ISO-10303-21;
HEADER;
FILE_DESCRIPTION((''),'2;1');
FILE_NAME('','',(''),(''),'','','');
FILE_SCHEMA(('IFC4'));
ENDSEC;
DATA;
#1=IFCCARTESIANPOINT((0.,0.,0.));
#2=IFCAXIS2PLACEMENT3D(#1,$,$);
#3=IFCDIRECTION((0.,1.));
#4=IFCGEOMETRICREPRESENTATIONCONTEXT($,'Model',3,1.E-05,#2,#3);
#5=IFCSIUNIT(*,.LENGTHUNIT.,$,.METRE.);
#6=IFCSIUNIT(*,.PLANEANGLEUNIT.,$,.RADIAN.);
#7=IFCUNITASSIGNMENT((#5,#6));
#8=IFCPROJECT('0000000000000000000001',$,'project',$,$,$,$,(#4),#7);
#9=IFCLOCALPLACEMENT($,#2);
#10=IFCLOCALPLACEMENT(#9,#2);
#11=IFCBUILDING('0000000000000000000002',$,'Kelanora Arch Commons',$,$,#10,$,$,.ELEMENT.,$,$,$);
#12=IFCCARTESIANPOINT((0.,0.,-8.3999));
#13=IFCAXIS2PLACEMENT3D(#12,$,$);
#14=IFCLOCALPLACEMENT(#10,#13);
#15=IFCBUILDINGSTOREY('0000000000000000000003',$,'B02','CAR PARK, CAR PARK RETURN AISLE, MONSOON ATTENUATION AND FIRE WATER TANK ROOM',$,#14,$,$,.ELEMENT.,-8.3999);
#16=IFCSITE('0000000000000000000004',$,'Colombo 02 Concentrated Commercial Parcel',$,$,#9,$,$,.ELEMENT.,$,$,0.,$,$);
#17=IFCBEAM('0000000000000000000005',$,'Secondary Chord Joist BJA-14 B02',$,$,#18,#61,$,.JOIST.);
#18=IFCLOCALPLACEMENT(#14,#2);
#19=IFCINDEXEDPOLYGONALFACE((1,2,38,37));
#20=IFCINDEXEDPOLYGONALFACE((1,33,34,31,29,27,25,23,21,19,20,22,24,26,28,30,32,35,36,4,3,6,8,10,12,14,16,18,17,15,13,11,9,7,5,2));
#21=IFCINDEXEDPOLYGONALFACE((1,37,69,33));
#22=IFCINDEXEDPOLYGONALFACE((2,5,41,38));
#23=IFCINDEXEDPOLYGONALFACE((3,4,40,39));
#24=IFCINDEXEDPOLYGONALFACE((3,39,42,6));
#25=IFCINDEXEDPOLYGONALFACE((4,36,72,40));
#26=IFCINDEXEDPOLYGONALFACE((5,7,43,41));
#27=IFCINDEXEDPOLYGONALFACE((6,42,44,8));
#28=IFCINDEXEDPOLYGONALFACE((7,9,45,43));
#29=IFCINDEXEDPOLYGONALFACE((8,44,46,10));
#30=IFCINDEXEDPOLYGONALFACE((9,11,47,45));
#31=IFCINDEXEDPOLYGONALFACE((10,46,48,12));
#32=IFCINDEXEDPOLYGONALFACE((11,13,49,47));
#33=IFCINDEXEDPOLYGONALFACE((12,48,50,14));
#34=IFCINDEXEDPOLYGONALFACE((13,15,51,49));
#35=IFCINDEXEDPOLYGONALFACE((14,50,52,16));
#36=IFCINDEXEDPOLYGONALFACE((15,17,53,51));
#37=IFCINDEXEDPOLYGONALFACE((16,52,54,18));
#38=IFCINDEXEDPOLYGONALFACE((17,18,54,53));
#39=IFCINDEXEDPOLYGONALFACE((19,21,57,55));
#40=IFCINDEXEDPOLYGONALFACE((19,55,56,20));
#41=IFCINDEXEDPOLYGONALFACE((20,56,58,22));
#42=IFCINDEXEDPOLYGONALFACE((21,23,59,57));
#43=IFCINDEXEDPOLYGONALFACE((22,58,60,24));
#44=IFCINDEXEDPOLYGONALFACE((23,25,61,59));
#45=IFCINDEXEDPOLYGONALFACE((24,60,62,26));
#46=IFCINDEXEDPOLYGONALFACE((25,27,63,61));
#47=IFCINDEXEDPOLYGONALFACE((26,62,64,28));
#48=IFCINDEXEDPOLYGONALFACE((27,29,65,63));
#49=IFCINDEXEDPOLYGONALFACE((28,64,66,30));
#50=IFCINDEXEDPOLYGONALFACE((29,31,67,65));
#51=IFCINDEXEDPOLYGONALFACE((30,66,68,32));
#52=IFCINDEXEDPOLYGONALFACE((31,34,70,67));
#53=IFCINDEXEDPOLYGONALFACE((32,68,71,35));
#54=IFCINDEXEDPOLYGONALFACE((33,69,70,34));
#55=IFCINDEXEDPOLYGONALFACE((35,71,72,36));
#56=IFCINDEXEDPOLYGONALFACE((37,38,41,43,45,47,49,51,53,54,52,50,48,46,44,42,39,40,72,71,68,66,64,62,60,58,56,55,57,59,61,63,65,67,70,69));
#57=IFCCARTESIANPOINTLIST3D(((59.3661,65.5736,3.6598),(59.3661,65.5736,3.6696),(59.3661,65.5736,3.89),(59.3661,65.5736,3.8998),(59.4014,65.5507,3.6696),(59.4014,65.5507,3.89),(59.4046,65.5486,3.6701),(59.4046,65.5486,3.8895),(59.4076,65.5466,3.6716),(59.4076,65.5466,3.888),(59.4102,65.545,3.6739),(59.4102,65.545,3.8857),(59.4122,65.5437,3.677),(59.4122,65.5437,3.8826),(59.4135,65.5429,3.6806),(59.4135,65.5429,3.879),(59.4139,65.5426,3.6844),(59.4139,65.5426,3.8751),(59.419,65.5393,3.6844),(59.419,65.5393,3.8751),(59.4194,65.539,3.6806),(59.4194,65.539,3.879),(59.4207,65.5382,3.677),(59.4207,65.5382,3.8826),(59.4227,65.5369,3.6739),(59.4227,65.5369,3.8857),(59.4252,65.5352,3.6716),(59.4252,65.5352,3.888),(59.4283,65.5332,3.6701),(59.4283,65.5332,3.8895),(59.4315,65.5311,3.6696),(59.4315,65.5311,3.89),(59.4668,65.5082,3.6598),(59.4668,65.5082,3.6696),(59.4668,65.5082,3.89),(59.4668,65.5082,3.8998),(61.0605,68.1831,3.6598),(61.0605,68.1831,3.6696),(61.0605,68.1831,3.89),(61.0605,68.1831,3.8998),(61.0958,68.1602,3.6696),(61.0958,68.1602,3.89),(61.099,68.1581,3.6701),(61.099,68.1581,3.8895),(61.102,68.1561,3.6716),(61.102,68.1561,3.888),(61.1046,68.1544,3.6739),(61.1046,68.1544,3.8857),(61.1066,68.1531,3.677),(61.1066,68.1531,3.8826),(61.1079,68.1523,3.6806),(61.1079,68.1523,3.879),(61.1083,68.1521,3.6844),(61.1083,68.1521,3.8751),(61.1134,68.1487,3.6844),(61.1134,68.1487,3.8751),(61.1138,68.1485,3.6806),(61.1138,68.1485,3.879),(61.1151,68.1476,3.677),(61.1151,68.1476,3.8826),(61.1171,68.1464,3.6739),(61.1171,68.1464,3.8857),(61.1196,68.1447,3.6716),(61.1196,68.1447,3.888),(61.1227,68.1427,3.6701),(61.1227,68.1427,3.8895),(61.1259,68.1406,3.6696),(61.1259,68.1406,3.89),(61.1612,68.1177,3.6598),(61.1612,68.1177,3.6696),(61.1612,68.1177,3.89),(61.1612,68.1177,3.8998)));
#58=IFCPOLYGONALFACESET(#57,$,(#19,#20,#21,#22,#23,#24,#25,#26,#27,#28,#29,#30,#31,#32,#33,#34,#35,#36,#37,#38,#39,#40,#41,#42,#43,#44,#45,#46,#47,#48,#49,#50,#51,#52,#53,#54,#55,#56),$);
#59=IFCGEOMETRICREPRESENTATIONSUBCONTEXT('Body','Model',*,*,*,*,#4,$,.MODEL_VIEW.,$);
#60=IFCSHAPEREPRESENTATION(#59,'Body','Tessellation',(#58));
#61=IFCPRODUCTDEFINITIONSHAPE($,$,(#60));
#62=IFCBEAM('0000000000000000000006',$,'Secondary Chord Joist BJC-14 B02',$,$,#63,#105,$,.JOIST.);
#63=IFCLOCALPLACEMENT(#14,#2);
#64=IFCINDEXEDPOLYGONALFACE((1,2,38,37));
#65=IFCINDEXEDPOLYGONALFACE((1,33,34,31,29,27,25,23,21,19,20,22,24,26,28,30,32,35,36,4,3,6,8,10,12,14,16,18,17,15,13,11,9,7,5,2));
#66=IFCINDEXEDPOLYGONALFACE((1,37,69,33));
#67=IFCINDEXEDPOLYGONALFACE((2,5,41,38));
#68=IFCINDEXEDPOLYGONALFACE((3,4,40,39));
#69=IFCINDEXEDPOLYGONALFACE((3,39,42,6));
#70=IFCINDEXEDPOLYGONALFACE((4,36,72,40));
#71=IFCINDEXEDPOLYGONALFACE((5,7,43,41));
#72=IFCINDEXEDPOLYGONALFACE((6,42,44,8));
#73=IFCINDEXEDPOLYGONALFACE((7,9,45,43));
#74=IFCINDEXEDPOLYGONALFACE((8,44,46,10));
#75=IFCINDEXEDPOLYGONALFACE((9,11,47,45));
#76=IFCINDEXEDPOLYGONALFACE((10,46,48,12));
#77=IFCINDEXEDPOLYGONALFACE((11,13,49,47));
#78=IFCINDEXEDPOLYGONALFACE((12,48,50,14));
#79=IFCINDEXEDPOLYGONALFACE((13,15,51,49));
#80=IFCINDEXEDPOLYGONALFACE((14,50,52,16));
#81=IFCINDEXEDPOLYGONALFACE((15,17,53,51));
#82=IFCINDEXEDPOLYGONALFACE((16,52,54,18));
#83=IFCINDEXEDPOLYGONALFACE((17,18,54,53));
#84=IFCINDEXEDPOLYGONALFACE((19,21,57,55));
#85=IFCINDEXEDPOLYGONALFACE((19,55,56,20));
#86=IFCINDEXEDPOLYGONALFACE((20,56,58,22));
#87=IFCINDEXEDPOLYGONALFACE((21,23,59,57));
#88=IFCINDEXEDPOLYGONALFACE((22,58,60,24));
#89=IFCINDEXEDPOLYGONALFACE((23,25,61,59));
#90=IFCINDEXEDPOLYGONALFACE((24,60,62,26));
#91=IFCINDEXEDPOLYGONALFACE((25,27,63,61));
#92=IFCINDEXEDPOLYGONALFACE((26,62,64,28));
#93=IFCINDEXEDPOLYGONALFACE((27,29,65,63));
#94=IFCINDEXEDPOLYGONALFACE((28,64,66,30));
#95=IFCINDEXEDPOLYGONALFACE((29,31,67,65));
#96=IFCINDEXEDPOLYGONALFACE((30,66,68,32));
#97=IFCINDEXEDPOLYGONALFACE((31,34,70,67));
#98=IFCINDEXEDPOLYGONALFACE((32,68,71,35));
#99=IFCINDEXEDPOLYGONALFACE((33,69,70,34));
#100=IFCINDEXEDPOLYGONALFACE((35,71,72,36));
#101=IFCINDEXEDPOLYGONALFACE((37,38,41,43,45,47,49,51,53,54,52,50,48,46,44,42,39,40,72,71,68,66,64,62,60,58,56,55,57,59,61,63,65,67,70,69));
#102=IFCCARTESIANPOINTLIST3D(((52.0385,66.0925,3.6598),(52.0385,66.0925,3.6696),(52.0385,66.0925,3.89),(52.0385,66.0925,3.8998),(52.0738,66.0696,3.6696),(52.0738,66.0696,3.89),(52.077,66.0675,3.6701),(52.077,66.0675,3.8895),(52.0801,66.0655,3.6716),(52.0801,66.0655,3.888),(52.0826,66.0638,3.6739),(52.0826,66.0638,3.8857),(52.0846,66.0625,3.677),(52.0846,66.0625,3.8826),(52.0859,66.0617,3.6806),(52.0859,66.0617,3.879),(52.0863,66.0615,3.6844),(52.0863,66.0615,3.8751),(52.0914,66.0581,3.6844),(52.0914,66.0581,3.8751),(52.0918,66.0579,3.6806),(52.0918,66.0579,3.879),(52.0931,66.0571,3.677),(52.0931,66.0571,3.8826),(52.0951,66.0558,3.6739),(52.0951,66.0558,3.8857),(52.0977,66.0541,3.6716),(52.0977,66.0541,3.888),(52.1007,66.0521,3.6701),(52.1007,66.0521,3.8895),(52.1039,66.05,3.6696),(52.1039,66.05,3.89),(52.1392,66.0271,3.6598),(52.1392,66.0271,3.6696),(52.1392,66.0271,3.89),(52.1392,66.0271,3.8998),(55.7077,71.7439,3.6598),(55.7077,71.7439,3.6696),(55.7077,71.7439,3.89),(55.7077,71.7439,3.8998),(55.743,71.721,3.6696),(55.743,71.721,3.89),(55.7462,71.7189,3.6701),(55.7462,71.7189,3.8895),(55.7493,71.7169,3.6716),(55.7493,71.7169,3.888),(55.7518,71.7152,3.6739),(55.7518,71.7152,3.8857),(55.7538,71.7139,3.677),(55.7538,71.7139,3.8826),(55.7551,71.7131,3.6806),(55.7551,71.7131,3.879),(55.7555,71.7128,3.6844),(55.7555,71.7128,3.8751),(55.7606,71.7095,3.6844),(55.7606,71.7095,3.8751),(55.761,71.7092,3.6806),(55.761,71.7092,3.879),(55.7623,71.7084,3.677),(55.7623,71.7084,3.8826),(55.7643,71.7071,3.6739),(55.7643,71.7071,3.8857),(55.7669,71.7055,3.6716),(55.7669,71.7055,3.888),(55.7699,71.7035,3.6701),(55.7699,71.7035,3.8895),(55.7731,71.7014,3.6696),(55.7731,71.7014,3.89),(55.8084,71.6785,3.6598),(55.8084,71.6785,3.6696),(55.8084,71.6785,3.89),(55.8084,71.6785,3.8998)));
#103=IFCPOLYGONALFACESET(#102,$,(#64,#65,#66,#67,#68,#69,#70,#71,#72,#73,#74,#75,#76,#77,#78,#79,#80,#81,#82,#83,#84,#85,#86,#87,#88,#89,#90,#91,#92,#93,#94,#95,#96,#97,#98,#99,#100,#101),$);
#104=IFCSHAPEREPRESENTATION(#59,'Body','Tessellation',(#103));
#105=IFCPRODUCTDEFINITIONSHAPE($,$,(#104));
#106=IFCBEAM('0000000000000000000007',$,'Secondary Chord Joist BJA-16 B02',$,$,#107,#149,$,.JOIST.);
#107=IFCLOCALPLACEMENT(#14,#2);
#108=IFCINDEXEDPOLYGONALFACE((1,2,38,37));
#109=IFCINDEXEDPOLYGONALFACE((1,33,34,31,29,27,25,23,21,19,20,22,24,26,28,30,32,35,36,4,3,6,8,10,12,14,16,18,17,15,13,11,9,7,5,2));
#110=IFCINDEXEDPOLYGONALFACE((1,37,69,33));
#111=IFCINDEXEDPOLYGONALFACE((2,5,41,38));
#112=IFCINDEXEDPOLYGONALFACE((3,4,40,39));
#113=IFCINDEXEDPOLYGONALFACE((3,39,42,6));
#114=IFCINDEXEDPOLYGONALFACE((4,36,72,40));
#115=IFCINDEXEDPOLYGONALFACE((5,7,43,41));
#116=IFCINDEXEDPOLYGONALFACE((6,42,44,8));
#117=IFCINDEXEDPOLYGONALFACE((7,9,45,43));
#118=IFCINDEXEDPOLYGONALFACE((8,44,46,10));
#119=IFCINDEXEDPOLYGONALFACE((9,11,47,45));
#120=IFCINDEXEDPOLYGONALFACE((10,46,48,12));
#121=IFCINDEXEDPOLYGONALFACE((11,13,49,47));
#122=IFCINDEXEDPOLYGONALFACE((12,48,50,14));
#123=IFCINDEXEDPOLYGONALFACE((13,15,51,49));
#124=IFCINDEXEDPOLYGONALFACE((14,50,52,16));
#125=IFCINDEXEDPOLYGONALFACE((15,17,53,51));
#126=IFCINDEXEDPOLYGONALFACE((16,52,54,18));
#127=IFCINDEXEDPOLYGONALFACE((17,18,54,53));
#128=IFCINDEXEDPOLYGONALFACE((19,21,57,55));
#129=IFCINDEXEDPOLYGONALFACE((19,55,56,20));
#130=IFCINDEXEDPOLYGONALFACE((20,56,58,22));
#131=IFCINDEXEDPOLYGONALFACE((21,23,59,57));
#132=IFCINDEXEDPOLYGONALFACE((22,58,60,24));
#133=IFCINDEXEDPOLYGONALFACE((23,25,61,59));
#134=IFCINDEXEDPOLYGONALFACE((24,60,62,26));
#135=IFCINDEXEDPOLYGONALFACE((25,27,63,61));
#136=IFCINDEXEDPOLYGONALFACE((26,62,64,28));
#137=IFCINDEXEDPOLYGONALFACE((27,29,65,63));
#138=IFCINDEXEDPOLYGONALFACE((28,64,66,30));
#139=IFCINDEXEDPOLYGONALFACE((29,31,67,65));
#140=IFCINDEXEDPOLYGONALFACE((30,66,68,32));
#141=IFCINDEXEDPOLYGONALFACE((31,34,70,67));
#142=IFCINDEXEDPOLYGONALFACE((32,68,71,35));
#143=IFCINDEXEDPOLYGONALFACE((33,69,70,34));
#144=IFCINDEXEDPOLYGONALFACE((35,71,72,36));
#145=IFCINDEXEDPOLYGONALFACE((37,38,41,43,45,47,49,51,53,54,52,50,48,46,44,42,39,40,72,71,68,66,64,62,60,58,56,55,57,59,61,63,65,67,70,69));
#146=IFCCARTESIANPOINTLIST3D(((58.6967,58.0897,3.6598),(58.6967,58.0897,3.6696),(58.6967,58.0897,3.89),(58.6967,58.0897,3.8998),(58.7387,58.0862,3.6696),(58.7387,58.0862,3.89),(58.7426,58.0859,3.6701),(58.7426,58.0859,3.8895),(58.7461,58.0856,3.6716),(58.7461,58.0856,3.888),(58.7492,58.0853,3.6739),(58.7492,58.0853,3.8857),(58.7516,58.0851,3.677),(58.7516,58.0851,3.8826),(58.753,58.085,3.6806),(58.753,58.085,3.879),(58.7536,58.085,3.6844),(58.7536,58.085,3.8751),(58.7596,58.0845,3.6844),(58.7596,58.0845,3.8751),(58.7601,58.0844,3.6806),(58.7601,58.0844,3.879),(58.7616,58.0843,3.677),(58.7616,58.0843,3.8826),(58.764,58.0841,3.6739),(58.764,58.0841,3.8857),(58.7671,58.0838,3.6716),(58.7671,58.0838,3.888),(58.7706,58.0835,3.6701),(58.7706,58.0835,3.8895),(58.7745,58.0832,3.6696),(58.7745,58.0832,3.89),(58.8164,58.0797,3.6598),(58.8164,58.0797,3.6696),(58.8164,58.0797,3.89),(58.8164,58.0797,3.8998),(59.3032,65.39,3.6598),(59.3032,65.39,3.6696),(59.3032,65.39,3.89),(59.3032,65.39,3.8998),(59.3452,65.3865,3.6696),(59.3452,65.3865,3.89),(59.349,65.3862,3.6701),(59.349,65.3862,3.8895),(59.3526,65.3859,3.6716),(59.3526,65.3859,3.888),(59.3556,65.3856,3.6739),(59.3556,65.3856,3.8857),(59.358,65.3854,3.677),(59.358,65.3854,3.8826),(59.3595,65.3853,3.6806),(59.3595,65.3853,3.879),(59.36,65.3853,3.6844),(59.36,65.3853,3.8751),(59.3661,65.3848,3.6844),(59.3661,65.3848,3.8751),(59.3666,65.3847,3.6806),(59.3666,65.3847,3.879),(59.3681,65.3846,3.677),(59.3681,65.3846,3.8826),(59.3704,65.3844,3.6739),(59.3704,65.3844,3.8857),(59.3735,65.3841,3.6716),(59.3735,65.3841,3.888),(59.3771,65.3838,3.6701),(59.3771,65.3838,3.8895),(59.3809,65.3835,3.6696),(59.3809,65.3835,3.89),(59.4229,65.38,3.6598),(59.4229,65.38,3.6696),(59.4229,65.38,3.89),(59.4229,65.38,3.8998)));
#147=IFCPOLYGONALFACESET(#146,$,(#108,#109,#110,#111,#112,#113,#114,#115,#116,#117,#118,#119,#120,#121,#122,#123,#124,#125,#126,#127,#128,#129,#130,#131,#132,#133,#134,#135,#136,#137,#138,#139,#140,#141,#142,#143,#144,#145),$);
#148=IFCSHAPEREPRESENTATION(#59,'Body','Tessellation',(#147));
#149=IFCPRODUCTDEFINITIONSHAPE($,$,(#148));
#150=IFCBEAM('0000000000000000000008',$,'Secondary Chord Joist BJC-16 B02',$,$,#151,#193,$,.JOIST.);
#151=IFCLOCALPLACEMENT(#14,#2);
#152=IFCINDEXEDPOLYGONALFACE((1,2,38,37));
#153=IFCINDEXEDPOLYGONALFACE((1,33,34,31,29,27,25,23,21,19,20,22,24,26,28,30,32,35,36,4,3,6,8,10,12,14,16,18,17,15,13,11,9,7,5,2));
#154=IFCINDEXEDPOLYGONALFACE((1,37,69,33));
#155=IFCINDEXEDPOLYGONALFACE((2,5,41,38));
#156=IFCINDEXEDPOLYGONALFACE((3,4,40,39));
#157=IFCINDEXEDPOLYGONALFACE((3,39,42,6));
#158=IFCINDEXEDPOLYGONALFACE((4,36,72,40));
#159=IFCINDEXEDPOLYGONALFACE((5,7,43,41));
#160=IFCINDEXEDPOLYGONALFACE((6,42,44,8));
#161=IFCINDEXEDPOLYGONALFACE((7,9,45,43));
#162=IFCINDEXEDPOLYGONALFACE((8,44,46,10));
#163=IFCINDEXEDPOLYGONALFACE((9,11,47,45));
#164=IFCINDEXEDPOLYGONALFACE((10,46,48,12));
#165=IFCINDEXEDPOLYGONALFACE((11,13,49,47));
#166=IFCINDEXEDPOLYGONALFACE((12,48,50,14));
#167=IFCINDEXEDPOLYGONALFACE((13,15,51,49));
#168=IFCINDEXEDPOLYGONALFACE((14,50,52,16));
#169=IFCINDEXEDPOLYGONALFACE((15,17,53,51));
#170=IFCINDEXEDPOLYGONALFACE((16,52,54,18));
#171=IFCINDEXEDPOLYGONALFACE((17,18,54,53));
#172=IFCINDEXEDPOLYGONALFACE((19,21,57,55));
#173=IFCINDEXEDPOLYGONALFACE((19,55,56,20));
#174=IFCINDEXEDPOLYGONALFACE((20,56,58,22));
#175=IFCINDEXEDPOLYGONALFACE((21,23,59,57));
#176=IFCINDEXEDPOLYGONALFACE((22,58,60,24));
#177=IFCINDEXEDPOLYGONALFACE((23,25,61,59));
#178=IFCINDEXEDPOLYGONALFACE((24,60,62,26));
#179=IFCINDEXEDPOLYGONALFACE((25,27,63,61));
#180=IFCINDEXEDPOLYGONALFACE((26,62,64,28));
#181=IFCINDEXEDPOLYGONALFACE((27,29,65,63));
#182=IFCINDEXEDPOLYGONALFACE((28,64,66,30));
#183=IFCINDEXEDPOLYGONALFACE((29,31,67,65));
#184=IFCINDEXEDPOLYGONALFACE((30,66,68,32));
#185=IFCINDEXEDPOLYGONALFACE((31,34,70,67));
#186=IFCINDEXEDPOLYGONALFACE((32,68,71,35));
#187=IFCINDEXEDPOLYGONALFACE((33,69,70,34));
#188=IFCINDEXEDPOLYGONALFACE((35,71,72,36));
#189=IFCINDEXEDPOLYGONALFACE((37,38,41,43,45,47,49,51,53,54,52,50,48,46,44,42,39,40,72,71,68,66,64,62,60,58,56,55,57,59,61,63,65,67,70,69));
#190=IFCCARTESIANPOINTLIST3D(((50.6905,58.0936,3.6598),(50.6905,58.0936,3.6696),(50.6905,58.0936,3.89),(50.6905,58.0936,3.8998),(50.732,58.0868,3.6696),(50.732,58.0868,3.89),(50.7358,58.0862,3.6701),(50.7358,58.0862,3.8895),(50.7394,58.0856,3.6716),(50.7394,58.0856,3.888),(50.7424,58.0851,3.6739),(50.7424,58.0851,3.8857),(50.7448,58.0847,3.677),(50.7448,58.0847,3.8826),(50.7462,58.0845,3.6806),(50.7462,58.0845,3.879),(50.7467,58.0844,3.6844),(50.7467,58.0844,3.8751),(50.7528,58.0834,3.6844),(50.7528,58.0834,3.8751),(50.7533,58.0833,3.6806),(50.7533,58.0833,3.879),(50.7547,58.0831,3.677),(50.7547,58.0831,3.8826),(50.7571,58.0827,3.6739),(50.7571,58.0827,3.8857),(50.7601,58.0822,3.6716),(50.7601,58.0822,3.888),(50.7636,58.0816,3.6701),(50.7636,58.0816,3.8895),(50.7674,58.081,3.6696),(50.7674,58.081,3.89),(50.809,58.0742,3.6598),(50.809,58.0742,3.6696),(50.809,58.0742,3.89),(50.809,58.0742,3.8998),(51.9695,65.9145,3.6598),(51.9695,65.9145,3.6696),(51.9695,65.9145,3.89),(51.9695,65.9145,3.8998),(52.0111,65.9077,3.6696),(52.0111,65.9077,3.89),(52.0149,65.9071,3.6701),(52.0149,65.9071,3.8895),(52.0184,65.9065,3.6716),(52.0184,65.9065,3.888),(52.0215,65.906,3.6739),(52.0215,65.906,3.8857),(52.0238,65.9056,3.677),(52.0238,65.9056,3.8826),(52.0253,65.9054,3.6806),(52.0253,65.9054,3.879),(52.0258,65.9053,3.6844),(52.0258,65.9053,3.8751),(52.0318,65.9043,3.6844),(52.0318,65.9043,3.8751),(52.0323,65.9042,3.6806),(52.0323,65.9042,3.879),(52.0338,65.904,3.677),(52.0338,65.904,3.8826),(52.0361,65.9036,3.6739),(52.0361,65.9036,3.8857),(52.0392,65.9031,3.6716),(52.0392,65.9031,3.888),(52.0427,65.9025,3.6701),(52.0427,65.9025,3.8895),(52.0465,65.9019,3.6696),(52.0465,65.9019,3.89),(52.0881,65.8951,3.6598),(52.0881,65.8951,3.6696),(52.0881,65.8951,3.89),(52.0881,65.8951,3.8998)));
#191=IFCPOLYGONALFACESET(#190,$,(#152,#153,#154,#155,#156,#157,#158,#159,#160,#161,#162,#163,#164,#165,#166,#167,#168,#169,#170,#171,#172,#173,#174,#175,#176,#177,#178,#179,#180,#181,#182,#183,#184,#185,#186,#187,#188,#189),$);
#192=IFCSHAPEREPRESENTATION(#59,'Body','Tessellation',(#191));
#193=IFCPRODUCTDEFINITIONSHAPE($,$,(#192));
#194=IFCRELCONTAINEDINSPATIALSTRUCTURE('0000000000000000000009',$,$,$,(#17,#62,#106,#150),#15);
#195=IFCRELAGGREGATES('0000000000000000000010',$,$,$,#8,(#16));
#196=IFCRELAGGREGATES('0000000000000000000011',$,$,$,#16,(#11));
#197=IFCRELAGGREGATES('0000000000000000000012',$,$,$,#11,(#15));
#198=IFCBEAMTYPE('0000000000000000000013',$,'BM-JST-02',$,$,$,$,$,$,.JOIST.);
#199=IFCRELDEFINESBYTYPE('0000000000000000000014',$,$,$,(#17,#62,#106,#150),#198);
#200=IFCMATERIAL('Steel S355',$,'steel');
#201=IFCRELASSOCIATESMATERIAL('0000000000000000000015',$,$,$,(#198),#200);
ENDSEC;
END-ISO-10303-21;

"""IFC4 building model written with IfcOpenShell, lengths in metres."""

from ifc_helpers import new_model, si_unit, direction, frame, origin, origin_2d, place, context, subcontext, project, spatial, i_section, extrude, material, material_profile, profile_set, type_object, element, save


model = new_model("IFC4")

# Units and contexts
model_context = context("Model", 3, precision=1e-05, world=origin(), true_north=direction((0.0, 1.0)))
body_context = subcontext(model_context, "Body", "Model", "MODEL_VIEW")
ifc_project = project(units=[si_unit("LENGTHUNIT", "METRE"), si_unit("PLANEANGLEUNIT", "RADIAN")], contexts=[model_context])

# Site, building, storey
site_placement = place(None, origin())
site = spatial("IfcSite", under=ifc_project, at=site_placement, Name="Colombo 02 Concentrated Commercial Parcel", CompositionType="ELEMENT", RefElevation=0.0)
building_placement = place(site_placement, origin())
building = spatial("IfcBuilding", under=site, at=building_placement, Name="Kelanora Arch Commons", CompositionType="ELEMENT")
storey_placement = place(building_placement, frame((0.0, 0.0, -8.3999)))
storey = spatial("IfcBuildingStorey", under=building, at=storey_placement, Name="B02", Description="CAR PARK, CAR PARK RETURN AISLE, MONSOON ATTENUATION AND FIRE WATER TANK ROOM", CompositionType="ELEMENT", Elevation=-8.3999)

# Shared definitions
ifc_material_1 = material(Name="Steel S355", Category="steel")

# Beams
ifc_material_profile_1 = material_profile(ifc_material_1, i_section(OverallWidth=0.1201, OverallDepth=0.24, WebThickness=0.0061, FlangeThickness=0.0098, FilletRadius=0.0149, at=origin_2d()), Name="IPE240")
ifc_profile_set_1 = profile_set([ifc_material_profile_1], Name="Steel S355")
beam_type_1 = type_object("IfcBeamType", Name="BM-JST-02", PredefinedType="JOIST", material=ifc_profile_set_1)
beam_1_placement = place(storey_placement, frame((61.1108, 68.1504, 3.7798), z_axis=(-0.544591, -0.838702, 0.0), x_axis=(0.838702, -0.544591, 0.0)))
element("IfcBeam", 1, at=beam_1_placement, inside=storey, type_object=beam_type_1, Name="Secondary Chord Joist BJA-14 B02", PredefinedType="JOIST", context=body_context, shape_type="SweptSolid", body=[
    extrude(i_section(OverallWidth=0.1201, OverallDepth=0.24, WebThickness=0.0061, FlangeThickness=0.0098, FilletRadius=0.0149, at=origin_2d()), origin(), (0.0, 0.0, 1.0), 3.1113),
])
beam_2_placement = place(storey_placement, frame((55.7581, 71.7112, 3.7798), z_axis=(-0.54455, -0.838728, 0.0), x_axis=(0.838728, -0.54455, 0.0)))
element("IfcBeam", 2, at=beam_2_placement, inside=storey, type_object=beam_type_1, Name="Secondary Chord Joist BJC-14 B02", PredefinedType="JOIST", context=body_context, shape_type="SweptSolid", body=[
    extrude(i_section(OverallWidth=0.1201, OverallDepth=0.24, WebThickness=0.0061, FlangeThickness=0.0098, FilletRadius=0.0149, at=origin_2d()), origin(), (0.0, 0.0, 1.0), 6.738),
])
beam_3_placement = place(storey_placement, frame((59.363, 65.385, 3.7798), z_axis=(-0.082786, -0.996567, 0.0), x_axis=(0.996567, -0.082786, 0.0)))
element("IfcBeam", 3, at=beam_3_placement, inside=storey, type_object=beam_type_1, Name="Secondary Chord Joist BJA-16 B02", PredefinedType="JOIST", context=body_context, shape_type="SweptSolid", body=[
    extrude(i_section(OverallWidth=0.1201, OverallDepth=0.24, WebThickness=0.0061, FlangeThickness=0.0098, FilletRadius=0.0149, at=origin_2d()), origin(), (0.0, 0.0, 1.0), 7.3254),
])
beam_4_placement = place(storey_placement, frame((52.0288, 65.9048, 3.7798), z_axis=(-0.161401, -0.986889, 0.0), x_axis=(0.986889, -0.161401, 0.0)))
element("IfcBeam", 4, at=beam_4_placement, inside=storey, type_object=beam_type_1, Name="Secondary Chord Joist BJC-16 B02", PredefinedType="JOIST", context=body_context, shape_type="SweptSolid", body=[
    extrude(i_section(OverallWidth=0.1201, OverallDepth=0.24, WebThickness=0.0061, FlangeThickness=0.0098, FilletRadius=0.0149, at=origin_2d()), origin(), (0.0, 0.0, 1.0), 7.9248),
])

save(model, "model.ifc")
